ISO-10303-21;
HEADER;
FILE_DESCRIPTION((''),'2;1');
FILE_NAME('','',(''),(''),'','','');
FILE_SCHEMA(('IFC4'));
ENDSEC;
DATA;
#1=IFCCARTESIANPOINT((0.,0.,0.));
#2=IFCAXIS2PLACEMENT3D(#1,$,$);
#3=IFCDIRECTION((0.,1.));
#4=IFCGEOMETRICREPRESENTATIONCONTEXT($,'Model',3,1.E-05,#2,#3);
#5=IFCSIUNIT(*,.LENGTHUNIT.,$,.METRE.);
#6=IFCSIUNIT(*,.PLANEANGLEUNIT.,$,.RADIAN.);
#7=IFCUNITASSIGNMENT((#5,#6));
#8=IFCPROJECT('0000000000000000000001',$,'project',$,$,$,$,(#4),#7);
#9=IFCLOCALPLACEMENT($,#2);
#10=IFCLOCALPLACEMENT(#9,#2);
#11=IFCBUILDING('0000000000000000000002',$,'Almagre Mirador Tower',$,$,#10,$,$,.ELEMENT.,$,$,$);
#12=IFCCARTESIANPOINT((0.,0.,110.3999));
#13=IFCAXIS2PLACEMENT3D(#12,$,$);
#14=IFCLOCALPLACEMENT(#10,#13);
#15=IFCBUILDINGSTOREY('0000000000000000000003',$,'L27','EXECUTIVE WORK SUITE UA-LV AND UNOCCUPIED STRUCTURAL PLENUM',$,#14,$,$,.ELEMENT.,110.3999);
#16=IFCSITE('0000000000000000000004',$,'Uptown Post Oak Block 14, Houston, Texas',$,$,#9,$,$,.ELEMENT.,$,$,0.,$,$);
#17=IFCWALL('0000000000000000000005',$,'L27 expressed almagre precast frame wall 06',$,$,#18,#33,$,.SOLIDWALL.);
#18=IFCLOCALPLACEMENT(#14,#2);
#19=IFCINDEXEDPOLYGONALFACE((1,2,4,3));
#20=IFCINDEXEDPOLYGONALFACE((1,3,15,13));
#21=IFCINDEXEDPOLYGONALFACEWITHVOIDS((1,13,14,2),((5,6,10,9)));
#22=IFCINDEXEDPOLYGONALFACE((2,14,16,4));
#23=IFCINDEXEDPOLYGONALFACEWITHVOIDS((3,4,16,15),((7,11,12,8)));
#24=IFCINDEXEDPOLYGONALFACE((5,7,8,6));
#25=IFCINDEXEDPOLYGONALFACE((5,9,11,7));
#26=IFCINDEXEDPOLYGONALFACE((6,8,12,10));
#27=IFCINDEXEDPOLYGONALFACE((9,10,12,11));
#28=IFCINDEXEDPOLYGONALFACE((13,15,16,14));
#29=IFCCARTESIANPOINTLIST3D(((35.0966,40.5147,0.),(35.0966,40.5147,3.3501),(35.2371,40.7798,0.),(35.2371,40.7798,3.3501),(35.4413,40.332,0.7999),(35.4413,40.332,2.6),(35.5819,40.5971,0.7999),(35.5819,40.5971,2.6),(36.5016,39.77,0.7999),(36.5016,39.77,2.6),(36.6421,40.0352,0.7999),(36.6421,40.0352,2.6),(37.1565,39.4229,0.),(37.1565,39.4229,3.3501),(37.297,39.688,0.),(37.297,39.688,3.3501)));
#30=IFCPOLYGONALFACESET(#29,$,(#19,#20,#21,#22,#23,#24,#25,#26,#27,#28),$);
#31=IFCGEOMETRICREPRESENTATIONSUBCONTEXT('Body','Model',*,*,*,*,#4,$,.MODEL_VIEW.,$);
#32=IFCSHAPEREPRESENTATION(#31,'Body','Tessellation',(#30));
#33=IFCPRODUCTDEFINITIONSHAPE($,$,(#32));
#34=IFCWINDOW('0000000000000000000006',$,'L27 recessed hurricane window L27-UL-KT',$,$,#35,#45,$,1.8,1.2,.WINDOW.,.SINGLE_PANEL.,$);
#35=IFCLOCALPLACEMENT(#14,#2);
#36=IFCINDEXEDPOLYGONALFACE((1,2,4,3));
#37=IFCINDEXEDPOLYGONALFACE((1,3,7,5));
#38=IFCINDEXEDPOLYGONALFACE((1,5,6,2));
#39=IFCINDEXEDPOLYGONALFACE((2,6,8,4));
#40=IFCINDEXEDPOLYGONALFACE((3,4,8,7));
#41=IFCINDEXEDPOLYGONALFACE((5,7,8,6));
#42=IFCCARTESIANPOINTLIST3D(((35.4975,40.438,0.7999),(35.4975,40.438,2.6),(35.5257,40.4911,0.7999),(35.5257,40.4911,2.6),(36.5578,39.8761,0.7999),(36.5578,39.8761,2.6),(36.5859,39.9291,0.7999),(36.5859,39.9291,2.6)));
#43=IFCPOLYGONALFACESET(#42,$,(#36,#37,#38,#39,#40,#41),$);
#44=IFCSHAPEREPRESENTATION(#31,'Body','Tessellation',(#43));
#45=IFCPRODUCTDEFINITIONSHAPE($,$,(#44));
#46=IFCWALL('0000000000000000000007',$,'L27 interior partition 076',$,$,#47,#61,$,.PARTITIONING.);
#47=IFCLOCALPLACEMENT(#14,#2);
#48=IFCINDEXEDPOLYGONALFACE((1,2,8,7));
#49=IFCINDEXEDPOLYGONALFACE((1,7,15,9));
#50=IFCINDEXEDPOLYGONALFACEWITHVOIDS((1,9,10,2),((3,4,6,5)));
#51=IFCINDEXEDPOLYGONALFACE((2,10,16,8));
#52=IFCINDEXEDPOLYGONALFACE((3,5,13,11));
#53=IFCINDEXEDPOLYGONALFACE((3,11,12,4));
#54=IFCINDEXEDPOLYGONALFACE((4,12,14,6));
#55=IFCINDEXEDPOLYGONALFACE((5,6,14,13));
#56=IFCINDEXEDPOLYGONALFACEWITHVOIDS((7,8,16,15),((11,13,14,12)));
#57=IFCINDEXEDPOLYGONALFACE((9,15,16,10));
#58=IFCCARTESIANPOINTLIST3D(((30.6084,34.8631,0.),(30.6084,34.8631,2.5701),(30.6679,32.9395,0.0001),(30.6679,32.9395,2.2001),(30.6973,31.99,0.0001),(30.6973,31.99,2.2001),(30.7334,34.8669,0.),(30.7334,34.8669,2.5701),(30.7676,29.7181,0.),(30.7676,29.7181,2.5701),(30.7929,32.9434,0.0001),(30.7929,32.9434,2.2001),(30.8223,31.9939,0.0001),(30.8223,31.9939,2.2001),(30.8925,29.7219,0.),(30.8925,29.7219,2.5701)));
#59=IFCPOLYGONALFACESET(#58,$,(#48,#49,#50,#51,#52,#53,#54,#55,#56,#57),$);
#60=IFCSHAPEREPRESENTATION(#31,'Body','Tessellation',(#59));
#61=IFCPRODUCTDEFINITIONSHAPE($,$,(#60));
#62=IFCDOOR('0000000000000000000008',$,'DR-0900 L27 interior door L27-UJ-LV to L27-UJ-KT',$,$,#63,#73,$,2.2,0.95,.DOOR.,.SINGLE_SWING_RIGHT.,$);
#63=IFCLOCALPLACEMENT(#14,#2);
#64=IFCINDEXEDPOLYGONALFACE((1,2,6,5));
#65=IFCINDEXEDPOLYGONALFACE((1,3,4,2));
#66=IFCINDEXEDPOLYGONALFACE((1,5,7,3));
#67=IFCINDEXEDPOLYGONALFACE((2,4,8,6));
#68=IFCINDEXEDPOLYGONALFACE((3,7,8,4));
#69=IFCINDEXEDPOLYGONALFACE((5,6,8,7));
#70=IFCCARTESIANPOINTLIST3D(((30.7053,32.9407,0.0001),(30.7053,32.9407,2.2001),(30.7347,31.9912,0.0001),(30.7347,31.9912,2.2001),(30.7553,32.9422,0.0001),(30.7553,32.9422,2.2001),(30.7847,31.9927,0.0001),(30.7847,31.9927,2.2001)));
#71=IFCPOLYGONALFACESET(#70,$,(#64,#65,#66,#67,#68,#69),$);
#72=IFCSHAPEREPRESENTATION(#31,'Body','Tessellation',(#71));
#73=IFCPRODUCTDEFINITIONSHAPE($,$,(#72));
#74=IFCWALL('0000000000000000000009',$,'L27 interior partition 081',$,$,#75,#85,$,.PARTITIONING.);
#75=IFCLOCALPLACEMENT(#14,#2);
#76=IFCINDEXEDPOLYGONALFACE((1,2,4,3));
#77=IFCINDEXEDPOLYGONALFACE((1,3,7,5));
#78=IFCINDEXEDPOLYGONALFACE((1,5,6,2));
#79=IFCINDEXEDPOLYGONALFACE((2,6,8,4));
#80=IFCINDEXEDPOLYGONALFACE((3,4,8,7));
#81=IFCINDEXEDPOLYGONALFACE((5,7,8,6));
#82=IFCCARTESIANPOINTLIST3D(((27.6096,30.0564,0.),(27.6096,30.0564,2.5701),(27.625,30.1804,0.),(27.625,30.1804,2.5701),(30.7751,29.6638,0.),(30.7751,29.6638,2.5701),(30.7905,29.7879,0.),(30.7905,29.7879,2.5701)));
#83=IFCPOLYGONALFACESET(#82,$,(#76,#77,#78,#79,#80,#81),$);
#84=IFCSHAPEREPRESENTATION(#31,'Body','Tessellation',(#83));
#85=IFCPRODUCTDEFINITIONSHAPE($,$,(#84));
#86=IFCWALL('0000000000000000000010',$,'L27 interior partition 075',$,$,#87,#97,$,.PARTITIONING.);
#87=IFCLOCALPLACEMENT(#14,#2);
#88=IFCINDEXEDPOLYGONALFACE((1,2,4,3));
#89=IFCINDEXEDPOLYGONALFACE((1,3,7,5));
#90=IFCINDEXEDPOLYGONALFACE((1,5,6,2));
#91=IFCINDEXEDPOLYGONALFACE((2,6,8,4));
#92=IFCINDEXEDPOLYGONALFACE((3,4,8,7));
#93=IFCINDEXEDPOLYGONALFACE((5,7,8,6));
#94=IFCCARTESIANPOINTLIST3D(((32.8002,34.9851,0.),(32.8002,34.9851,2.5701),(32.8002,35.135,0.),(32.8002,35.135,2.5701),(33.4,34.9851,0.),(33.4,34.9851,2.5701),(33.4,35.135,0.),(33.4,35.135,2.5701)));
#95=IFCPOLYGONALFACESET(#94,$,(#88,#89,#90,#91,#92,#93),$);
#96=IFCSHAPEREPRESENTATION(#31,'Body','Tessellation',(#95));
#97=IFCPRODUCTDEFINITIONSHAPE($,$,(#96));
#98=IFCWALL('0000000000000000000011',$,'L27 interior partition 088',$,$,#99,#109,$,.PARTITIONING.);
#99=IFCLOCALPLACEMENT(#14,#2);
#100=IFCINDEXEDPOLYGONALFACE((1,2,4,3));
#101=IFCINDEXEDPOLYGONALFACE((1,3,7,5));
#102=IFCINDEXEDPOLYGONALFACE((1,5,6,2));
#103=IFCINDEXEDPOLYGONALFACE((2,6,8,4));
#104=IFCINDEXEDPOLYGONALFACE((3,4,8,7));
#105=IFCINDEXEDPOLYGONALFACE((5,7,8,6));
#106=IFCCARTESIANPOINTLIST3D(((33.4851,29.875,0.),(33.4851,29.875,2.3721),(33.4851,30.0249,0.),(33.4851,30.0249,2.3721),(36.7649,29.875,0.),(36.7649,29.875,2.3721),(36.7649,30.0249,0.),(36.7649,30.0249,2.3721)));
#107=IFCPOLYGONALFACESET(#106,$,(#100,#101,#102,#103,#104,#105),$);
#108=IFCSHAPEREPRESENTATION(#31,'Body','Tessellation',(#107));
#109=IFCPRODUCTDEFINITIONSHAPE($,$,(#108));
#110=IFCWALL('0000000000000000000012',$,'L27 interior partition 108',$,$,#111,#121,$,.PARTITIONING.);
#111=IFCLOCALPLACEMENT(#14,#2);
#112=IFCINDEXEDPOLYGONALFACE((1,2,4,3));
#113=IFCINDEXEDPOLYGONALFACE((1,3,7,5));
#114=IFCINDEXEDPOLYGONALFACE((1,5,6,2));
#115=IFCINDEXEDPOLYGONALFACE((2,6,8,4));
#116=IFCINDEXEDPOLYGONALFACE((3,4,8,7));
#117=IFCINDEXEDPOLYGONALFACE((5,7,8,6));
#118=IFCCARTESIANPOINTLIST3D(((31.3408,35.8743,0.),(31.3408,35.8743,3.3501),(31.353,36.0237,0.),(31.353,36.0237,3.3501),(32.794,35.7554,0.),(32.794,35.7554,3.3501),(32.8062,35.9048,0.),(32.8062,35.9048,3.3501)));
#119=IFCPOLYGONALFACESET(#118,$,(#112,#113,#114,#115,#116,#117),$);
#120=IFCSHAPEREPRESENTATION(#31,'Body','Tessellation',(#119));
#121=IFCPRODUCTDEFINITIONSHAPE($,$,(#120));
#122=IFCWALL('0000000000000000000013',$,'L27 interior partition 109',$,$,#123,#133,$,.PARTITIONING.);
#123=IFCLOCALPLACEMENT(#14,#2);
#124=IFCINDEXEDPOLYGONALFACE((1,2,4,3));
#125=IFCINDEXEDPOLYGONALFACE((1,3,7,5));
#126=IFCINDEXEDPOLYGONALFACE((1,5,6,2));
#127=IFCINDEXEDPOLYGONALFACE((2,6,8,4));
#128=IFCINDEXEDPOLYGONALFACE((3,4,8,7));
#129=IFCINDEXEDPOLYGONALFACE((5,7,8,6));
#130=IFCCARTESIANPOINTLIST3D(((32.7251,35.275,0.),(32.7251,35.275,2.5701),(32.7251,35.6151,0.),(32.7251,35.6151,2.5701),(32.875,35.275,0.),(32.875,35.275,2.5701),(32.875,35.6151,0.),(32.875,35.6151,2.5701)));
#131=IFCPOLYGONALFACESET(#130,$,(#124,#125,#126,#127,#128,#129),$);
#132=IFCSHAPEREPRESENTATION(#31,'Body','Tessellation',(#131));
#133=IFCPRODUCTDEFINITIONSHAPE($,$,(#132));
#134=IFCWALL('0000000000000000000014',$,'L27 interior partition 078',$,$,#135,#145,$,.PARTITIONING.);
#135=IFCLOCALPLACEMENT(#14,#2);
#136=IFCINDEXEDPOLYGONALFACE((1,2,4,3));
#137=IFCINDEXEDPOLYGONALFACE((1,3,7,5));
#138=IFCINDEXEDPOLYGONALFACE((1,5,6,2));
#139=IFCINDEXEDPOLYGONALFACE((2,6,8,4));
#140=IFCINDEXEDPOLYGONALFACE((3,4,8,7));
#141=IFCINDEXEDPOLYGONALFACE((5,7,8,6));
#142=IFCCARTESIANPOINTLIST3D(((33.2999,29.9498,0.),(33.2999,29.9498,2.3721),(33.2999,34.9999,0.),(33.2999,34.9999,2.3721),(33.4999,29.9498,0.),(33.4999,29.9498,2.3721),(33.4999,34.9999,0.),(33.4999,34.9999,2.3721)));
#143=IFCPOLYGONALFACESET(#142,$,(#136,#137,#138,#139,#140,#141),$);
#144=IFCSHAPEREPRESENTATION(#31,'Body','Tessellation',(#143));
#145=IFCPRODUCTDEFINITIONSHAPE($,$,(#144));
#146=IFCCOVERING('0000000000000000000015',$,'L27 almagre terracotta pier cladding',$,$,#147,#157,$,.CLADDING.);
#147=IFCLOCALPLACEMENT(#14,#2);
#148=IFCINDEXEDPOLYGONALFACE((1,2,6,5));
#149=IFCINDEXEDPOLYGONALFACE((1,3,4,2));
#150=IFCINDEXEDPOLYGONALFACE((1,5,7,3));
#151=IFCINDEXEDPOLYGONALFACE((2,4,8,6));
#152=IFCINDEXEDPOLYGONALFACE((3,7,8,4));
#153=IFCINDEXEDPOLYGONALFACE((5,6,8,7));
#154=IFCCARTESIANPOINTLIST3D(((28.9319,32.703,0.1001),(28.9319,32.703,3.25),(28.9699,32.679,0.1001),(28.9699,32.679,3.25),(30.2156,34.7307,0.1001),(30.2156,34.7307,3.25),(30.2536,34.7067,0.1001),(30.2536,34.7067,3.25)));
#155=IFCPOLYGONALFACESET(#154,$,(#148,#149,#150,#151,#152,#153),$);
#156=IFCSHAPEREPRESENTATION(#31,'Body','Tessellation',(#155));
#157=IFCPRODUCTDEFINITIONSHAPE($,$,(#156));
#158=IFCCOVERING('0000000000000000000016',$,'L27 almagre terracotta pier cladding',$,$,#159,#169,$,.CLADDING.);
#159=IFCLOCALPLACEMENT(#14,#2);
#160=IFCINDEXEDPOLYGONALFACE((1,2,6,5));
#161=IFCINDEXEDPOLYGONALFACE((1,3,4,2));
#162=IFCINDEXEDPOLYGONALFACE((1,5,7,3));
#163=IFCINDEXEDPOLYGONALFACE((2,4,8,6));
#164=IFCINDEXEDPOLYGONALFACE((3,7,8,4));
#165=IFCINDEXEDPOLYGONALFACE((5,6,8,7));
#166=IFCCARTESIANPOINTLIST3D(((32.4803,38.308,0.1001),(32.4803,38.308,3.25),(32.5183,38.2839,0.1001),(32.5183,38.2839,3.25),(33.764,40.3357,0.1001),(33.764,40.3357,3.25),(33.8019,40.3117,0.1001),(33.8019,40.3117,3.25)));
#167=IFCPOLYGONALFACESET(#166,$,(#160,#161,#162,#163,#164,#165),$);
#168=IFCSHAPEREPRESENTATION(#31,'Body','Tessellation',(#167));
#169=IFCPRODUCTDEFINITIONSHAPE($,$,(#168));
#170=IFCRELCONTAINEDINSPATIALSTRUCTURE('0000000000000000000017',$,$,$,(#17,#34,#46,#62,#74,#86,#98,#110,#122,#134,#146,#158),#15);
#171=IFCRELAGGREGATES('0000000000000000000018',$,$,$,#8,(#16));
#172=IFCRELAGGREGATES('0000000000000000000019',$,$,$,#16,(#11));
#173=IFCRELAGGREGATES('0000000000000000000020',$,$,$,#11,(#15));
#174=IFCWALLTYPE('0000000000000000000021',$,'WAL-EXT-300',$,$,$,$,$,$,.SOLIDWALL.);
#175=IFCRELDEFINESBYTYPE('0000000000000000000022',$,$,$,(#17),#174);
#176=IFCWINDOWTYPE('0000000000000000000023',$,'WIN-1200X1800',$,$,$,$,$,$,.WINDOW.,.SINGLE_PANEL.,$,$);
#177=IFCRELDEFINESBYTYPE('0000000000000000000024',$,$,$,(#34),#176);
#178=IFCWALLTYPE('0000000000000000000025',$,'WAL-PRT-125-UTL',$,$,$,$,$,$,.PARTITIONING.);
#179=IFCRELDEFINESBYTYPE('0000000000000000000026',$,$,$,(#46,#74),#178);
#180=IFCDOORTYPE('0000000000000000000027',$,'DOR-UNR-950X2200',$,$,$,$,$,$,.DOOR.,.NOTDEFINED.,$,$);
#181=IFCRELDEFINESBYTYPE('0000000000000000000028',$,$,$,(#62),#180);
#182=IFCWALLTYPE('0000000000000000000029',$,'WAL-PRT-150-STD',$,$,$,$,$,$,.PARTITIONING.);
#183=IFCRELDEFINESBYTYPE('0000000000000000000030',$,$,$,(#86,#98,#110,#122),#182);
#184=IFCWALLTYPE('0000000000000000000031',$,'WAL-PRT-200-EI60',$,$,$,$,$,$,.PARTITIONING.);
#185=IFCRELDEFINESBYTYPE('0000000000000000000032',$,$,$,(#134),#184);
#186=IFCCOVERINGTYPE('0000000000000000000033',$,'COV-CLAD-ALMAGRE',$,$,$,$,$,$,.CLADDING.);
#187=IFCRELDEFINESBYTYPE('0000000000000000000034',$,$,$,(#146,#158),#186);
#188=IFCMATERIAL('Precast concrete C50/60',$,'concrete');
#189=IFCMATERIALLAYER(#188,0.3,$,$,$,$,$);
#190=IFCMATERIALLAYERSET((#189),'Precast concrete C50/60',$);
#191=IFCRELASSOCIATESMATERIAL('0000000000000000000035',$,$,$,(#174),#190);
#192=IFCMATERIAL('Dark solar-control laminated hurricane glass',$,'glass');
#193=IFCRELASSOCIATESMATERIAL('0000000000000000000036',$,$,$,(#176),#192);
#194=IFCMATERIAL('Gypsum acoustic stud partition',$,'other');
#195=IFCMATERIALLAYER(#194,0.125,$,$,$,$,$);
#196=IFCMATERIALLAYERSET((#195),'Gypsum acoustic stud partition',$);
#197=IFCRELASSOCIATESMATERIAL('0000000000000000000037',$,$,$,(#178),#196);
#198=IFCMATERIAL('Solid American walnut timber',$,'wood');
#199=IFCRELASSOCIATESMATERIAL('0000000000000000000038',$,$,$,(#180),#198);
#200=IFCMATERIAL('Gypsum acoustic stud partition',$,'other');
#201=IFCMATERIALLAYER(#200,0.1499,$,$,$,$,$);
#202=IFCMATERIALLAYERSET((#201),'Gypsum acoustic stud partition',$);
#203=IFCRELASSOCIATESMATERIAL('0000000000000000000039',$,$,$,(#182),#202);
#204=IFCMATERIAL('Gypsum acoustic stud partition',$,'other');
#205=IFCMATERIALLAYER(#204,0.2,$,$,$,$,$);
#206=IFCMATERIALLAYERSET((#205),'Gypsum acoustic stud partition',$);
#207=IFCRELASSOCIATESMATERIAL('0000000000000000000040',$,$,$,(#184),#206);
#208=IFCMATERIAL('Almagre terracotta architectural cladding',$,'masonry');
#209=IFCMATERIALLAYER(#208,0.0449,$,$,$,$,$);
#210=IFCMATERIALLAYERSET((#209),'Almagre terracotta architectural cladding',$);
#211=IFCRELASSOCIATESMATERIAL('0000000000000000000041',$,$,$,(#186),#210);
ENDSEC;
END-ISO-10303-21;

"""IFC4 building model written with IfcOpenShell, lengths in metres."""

from ifc_helpers import new_model, si_unit, direction, frame, frame_2d, origin, origin_2d, place, context, subcontext, project, spatial, rectangle, extrude, material, layer, layer_set, type_object, element, fill, save


model = new_model("IFC4")

# Units and contexts
model_context = context("Model", 3, precision=1e-05, world=origin(), true_north=direction((0.0, 1.0)))
body_context = subcontext(model_context, "Body", "Model", "MODEL_VIEW")
ifc_project = project(units=[si_unit("LENGTHUNIT", "METRE"), si_unit("PLANEANGLEUNIT", "RADIAN")], contexts=[model_context])

# Site, building, storey
site_placement = place(None, origin())
site = spatial("IfcSite", under=ifc_project, at=site_placement, Name="Uptown Post Oak Block 14, Houston, Texas", CompositionType="ELEMENT", RefElevation=0.0)
building_placement = place(site_placement, origin())
building = spatial("IfcBuilding", under=site, at=building_placement, Name="Almagre Mirador Tower", CompositionType="ELEMENT")
storey_placement = place(building_placement, frame((0.0, 0.0, 110.3999)))
storey = spatial("IfcBuildingStorey", under=building, at=storey_placement, Name="L27", Description="EXECUTIVE WORK SUITE UA-LV AND UNOCCUPIED STRUCTURAL PLENUM", CompositionType="ELEMENT", Elevation=110.3999)

# Shared definitions
ifc_material_1 = material(Name="Precast concrete C50/60", Category="concrete")
ifc_layer_1 = layer(ifc_material_1, 0.3)
ifc_layer_set_1 = layer_set([ifc_layer_1], Name="Precast concrete C50/60")
wall_type_1 = type_object("IfcWallType", Name="WAL-EXT-300", PredefinedType="SOLIDWALL", material=ifc_layer_set_1)

# Wall, opening, window
wall_1_placement = place(storey_placement, frame((35.167, 40.6472, 0.0), z_axis=(0.0, 0.0, 1.0), x_axis=(0.883556, -0.468326, 0.0)))
wall_1 = element("IfcWall", 1, at=wall_1_placement, inside=storey, type_object=wall_type_1, Name="L27 expressed almagre precast frame wall 06", PredefinedType="SOLIDWALL", context=body_context, shape_type="SweptSolid", body=[
    extrude(rectangle(XDim=2.3313, YDim=0.3, at=frame_2d((1.1655, 0.0))), origin(), (0.0, 0.0, 1.0), 3.3501),
])
opening_1_placement = place(wall_1_placement, frame((0.3899, 0.0, 0.8)))
opening_1 = element("IfcOpeningElement", 2, at=opening_1_placement, cuts=wall_1, PredefinedType="OPENING", context=body_context, shape_type="SweptSolid", body=[
    extrude(rectangle(XDim=1.2, YDim=1.8, at=frame_2d((0.6001, 0.8999))), frame((0.0, 0.1599, 0.0), z_axis=(0.0, -1.0, 0.0), x_axis=(1.0, 0.0, 0.0)), (0.0, 0.0, 1.0), 0.32),
])
ifc_material_2 = material(Name="Dark solar-control laminated hurricane glass", Category="glass")
window_type_1 = type_object("IfcWindowType", Name="WIN-1200X1800", PartitioningType="SINGLE_PANEL", PredefinedType="WINDOW", material=ifc_material_2)
window_1_placement = place(opening_1_placement, origin())
window_1 = element("IfcWindow", 3, at=window_1_placement, inside=storey, type_object=window_type_1, Name="L27 recessed hurricane window L27-UL-KT", OverallHeight=1.8, OverallWidth=1.2, PartitioningType="SINGLE_PANEL", PredefinedType="WINDOW", context=body_context, shape_type="SweptSolid", body=[
    extrude(rectangle(XDim=1.2, YDim=1.8, at=frame_2d((0.6001, 0.8999))), frame((0.0, 0.03, 0.0), z_axis=(0.0, -1.0, 0.0), x_axis=(1.0, 0.0, 0.0)), (0.0, 0.0, 1.0), 0.0601),
])
fill(opening_1, window_1)

# Wall, opening, door
ifc_material_3 = material(Name="Gypsum acoustic stud partition", Category="other")
ifc_layer_2 = layer(ifc_material_3, 0.125)
ifc_layer_set_2 = layer_set([ifc_layer_2], Name="Gypsum acoustic stud partition")
wall_type_2 = type_object("IfcWallType", Name="WAL-PRT-125-UTL", PredefinedType="PARTITIONING", material=ifc_layer_set_2)
wall_2_placement = place(storey_placement, frame((30.6709, 34.865, 0.0), z_axis=(0.0, 0.0, 1.0), x_axis=(0.030924, -0.999522, 0.0)))
wall_2 = element("IfcWall", 4, at=wall_2_placement, inside=storey, type_object=wall_type_2, Name="L27 interior partition 076", PredefinedType="PARTITIONING", context=body_context, shape_type="SweptSolid", body=[
    extrude(rectangle(XDim=5.1475, YDim=0.125, at=frame_2d((2.5737, 0.0))), origin(), (0.0, 0.0, 1.0), 2.5701),
])
opening_2_placement = place(wall_2_placement, frame((1.9243, 0.0, 0.0)))
opening_2 = element("IfcOpeningElement", 5, at=opening_2_placement, cuts=wall_2, PredefinedType="OPENING", context=body_context, shape_type="SweptSolid", body=[
    extrude(rectangle(XDim=0.95, YDim=2.2, at=frame_2d((0.4751, 1.1001))), frame((0.0, 0.0725, 0.0), z_axis=(0.0, -1.0, 0.0), x_axis=(1.0, 0.0, 0.0)), (0.0, 0.0, 1.0), 0.145),
])
ifc_material_4 = material(Name="Solid American walnut timber", Category="wood")
door_type = type_object("IfcDoorType", Name="DOR-UNR-950X2200", OperationType="NOTDEFINED", PredefinedType="DOOR", material=ifc_material_4)
door_placement = place(opening_2_placement, origin())
door = element("IfcDoor", 6, at=door_placement, inside=storey, type_object=door_type, Name="DR-0900 L27 interior door L27-UJ-LV to L27-UJ-KT", OperationType="SINGLE_SWING_RIGHT", OverallHeight=2.2, OverallWidth=0.95, PredefinedType="DOOR", context=body_context, shape_type="SweptSolid", body=[
    extrude(rectangle(XDim=0.95, YDim=2.2, at=frame_2d((0.4751, 1.1001))), frame((0.0, 0.0249, 0.0), z_axis=(0.0, -1.0, 0.0), x_axis=(1.0, 0.0, 0.0)), (0.0, 0.0, 1.0), 0.05),
])
fill(opening_2, door)

# Walls
wall_3_placement = place(storey_placement, frame((27.6174, 30.1184, 0.0), z_axis=(0.0, 0.0, 1.0), x_axis=(0.992398, -0.123074, 0.0)))
element("IfcWall", 7, at=wall_3_placement, inside=storey, type_object=wall_type_2, Name="L27 interior partition 081", PredefinedType="PARTITIONING", context=body_context, shape_type="SweptSolid", body=[
    extrude(rectangle(XDim=3.1897, YDim=0.125, at=frame_2d((1.5947, 0.0))), origin(), (0.0, 0.0, 1.0), 2.5701),
])
ifc_material_5 = material(Name="Gypsum acoustic stud partition", Category="other")
ifc_layer_3 = layer(ifc_material_5, 0.1499)
ifc_layer_set_3 = layer_set([ifc_layer_3], Name="Gypsum acoustic stud partition")
wall_type_3 = type_object("IfcWallType", Name="WAL-PRT-150-STD", PredefinedType="PARTITIONING", material=ifc_layer_set_3)
wall_4_placement = place(storey_placement, frame((33.3999, 35.0601, 0.0), z_axis=(0.0, 0.0, 1.0), x_axis=(-1.0, 0.0, 0.0)))
element("IfcWall", 8, at=wall_4_placement, inside=storey, type_object=wall_type_3, Name="L27 interior partition 075", PredefinedType="PARTITIONING", context=body_context, shape_type="SweptSolid", body=[
    extrude(rectangle(XDim=0.5999, YDim=0.1499, at=frame_2d((0.2998, 0.0))), origin(), (0.0, 0.0, 1.0), 2.5701),
])
wall_5_placement = place(storey_placement, frame((33.4851, 29.95, 0.0), z_axis=(0.0, 0.0, 1.0), x_axis=(1.0, 0.0, 0.0)))
element("IfcWall", 9, at=wall_5_placement, inside=storey, type_object=wall_type_3, Name="L27 interior partition 088", PredefinedType="PARTITIONING", context=body_context, shape_type="SweptSolid", body=[
    extrude(rectangle(XDim=3.2798, YDim=0.1499, at=frame_2d((1.6399, 0.0))), origin(), (0.0, 0.0, 1.0), 2.3721),
])
wall_6_placement = place(storey_placement, frame((31.3469, 35.949, 0.0), z_axis=(0.0, 0.0, 1.0), x_axis=(0.996669, -0.081549, 0.0)))
element("IfcWall", 10, at=wall_6_placement, inside=storey, type_object=wall_type_3, Name="L27 interior partition 108", PredefinedType="PARTITIONING", context=body_context, shape_type="SweptSolid", body=[
    extrude(rectangle(XDim=1.458, YDim=0.1499, at=frame_2d((0.729, 0.0))), origin(), (0.0, 0.0, 1.0), 3.3501),
])
wall_7_placement = place(storey_placement, frame((32.8, 35.615, 0.0), z_axis=(0.0, 0.0, 1.0), x_axis=(0.0, -1.0, 0.0)))
element("IfcWall", 11, at=wall_7_placement, inside=storey, type_object=wall_type_3, Name="L27 interior partition 109", PredefinedType="PARTITIONING", context=body_context, shape_type="SweptSolid", body=[
    extrude(rectangle(XDim=0.3401, YDim=0.1499, at=frame_2d((0.1699, 0.0))), origin(), (0.0, 0.0, 1.0), 2.5701),
])
ifc_material_6 = material(Name="Gypsum acoustic stud partition", Category="other")
ifc_layer_4 = layer(ifc_material_6, 0.2)
ifc_layer_set_4 = layer_set([ifc_layer_4], Name="Gypsum acoustic stud partition")
wall_type_4 = type_object("IfcWallType", Name="WAL-PRT-200-EI60", PredefinedType="PARTITIONING", material=ifc_layer_set_4)
wall_8_placement = place(storey_placement, frame((33.3999, 29.95, 0.0), z_axis=(0.0, 0.0, 1.0), x_axis=(0.0, 1.0, 0.0)))
element("IfcWall", 12, at=wall_8_placement, inside=storey, type_object=wall_type_4, Name="L27 interior partition 078", PredefinedType="PARTITIONING", context=body_context, shape_type="SweptSolid", body=[
    extrude(rectangle(XDim=5.05, YDim=0.2, at=frame_2d((2.5249, 0.0))), origin(), (0.0, 0.0, 1.0), 2.3721),
])

# Coverings
ifc_material_7 = material(Name="Almagre terracotta architectural cladding", Category="masonry")
ifc_layer_5 = layer(ifc_material_7, 0.0449)
ifc_layer_set_5 = layer_set([ifc_layer_5], Name="Almagre terracotta architectural cladding")
covering_type = type_object("IfcCoveringType", Name="COV-CLAD-ALMAGRE", PredefinedType="CLADDING", material=ifc_layer_set_5)
for number, where, z_axis, x_axis, name in (
    (13, (29.5928, 33.7048, 0.1001), (0.0, 0.0, 1.0), (0.534898, 0.844917, 0.0), "L27 almagre terracotta pier cladding"),
    (14, (33.1411, 39.3098, 0.1001), (0.0, 0.0, 1.0), (0.534883, 0.844926, 0.0), "L27 almagre terracotta pier cladding"),
):
    element("IfcCovering", number, at=place(storey_placement, frame(where, z_axis=z_axis, x_axis=x_axis)), inside=storey, type_object=covering_type, Name=name, PredefinedType="CLADDING", context=body_context, shape_type="SweptSolid", body=[
        extrude(rectangle(XDim=2.3999, YDim=0.0449, at=origin_2d()), origin(), (0.0, 0.0, 1.0), 3.1499),
    ])

save(model, "model.ifc")
